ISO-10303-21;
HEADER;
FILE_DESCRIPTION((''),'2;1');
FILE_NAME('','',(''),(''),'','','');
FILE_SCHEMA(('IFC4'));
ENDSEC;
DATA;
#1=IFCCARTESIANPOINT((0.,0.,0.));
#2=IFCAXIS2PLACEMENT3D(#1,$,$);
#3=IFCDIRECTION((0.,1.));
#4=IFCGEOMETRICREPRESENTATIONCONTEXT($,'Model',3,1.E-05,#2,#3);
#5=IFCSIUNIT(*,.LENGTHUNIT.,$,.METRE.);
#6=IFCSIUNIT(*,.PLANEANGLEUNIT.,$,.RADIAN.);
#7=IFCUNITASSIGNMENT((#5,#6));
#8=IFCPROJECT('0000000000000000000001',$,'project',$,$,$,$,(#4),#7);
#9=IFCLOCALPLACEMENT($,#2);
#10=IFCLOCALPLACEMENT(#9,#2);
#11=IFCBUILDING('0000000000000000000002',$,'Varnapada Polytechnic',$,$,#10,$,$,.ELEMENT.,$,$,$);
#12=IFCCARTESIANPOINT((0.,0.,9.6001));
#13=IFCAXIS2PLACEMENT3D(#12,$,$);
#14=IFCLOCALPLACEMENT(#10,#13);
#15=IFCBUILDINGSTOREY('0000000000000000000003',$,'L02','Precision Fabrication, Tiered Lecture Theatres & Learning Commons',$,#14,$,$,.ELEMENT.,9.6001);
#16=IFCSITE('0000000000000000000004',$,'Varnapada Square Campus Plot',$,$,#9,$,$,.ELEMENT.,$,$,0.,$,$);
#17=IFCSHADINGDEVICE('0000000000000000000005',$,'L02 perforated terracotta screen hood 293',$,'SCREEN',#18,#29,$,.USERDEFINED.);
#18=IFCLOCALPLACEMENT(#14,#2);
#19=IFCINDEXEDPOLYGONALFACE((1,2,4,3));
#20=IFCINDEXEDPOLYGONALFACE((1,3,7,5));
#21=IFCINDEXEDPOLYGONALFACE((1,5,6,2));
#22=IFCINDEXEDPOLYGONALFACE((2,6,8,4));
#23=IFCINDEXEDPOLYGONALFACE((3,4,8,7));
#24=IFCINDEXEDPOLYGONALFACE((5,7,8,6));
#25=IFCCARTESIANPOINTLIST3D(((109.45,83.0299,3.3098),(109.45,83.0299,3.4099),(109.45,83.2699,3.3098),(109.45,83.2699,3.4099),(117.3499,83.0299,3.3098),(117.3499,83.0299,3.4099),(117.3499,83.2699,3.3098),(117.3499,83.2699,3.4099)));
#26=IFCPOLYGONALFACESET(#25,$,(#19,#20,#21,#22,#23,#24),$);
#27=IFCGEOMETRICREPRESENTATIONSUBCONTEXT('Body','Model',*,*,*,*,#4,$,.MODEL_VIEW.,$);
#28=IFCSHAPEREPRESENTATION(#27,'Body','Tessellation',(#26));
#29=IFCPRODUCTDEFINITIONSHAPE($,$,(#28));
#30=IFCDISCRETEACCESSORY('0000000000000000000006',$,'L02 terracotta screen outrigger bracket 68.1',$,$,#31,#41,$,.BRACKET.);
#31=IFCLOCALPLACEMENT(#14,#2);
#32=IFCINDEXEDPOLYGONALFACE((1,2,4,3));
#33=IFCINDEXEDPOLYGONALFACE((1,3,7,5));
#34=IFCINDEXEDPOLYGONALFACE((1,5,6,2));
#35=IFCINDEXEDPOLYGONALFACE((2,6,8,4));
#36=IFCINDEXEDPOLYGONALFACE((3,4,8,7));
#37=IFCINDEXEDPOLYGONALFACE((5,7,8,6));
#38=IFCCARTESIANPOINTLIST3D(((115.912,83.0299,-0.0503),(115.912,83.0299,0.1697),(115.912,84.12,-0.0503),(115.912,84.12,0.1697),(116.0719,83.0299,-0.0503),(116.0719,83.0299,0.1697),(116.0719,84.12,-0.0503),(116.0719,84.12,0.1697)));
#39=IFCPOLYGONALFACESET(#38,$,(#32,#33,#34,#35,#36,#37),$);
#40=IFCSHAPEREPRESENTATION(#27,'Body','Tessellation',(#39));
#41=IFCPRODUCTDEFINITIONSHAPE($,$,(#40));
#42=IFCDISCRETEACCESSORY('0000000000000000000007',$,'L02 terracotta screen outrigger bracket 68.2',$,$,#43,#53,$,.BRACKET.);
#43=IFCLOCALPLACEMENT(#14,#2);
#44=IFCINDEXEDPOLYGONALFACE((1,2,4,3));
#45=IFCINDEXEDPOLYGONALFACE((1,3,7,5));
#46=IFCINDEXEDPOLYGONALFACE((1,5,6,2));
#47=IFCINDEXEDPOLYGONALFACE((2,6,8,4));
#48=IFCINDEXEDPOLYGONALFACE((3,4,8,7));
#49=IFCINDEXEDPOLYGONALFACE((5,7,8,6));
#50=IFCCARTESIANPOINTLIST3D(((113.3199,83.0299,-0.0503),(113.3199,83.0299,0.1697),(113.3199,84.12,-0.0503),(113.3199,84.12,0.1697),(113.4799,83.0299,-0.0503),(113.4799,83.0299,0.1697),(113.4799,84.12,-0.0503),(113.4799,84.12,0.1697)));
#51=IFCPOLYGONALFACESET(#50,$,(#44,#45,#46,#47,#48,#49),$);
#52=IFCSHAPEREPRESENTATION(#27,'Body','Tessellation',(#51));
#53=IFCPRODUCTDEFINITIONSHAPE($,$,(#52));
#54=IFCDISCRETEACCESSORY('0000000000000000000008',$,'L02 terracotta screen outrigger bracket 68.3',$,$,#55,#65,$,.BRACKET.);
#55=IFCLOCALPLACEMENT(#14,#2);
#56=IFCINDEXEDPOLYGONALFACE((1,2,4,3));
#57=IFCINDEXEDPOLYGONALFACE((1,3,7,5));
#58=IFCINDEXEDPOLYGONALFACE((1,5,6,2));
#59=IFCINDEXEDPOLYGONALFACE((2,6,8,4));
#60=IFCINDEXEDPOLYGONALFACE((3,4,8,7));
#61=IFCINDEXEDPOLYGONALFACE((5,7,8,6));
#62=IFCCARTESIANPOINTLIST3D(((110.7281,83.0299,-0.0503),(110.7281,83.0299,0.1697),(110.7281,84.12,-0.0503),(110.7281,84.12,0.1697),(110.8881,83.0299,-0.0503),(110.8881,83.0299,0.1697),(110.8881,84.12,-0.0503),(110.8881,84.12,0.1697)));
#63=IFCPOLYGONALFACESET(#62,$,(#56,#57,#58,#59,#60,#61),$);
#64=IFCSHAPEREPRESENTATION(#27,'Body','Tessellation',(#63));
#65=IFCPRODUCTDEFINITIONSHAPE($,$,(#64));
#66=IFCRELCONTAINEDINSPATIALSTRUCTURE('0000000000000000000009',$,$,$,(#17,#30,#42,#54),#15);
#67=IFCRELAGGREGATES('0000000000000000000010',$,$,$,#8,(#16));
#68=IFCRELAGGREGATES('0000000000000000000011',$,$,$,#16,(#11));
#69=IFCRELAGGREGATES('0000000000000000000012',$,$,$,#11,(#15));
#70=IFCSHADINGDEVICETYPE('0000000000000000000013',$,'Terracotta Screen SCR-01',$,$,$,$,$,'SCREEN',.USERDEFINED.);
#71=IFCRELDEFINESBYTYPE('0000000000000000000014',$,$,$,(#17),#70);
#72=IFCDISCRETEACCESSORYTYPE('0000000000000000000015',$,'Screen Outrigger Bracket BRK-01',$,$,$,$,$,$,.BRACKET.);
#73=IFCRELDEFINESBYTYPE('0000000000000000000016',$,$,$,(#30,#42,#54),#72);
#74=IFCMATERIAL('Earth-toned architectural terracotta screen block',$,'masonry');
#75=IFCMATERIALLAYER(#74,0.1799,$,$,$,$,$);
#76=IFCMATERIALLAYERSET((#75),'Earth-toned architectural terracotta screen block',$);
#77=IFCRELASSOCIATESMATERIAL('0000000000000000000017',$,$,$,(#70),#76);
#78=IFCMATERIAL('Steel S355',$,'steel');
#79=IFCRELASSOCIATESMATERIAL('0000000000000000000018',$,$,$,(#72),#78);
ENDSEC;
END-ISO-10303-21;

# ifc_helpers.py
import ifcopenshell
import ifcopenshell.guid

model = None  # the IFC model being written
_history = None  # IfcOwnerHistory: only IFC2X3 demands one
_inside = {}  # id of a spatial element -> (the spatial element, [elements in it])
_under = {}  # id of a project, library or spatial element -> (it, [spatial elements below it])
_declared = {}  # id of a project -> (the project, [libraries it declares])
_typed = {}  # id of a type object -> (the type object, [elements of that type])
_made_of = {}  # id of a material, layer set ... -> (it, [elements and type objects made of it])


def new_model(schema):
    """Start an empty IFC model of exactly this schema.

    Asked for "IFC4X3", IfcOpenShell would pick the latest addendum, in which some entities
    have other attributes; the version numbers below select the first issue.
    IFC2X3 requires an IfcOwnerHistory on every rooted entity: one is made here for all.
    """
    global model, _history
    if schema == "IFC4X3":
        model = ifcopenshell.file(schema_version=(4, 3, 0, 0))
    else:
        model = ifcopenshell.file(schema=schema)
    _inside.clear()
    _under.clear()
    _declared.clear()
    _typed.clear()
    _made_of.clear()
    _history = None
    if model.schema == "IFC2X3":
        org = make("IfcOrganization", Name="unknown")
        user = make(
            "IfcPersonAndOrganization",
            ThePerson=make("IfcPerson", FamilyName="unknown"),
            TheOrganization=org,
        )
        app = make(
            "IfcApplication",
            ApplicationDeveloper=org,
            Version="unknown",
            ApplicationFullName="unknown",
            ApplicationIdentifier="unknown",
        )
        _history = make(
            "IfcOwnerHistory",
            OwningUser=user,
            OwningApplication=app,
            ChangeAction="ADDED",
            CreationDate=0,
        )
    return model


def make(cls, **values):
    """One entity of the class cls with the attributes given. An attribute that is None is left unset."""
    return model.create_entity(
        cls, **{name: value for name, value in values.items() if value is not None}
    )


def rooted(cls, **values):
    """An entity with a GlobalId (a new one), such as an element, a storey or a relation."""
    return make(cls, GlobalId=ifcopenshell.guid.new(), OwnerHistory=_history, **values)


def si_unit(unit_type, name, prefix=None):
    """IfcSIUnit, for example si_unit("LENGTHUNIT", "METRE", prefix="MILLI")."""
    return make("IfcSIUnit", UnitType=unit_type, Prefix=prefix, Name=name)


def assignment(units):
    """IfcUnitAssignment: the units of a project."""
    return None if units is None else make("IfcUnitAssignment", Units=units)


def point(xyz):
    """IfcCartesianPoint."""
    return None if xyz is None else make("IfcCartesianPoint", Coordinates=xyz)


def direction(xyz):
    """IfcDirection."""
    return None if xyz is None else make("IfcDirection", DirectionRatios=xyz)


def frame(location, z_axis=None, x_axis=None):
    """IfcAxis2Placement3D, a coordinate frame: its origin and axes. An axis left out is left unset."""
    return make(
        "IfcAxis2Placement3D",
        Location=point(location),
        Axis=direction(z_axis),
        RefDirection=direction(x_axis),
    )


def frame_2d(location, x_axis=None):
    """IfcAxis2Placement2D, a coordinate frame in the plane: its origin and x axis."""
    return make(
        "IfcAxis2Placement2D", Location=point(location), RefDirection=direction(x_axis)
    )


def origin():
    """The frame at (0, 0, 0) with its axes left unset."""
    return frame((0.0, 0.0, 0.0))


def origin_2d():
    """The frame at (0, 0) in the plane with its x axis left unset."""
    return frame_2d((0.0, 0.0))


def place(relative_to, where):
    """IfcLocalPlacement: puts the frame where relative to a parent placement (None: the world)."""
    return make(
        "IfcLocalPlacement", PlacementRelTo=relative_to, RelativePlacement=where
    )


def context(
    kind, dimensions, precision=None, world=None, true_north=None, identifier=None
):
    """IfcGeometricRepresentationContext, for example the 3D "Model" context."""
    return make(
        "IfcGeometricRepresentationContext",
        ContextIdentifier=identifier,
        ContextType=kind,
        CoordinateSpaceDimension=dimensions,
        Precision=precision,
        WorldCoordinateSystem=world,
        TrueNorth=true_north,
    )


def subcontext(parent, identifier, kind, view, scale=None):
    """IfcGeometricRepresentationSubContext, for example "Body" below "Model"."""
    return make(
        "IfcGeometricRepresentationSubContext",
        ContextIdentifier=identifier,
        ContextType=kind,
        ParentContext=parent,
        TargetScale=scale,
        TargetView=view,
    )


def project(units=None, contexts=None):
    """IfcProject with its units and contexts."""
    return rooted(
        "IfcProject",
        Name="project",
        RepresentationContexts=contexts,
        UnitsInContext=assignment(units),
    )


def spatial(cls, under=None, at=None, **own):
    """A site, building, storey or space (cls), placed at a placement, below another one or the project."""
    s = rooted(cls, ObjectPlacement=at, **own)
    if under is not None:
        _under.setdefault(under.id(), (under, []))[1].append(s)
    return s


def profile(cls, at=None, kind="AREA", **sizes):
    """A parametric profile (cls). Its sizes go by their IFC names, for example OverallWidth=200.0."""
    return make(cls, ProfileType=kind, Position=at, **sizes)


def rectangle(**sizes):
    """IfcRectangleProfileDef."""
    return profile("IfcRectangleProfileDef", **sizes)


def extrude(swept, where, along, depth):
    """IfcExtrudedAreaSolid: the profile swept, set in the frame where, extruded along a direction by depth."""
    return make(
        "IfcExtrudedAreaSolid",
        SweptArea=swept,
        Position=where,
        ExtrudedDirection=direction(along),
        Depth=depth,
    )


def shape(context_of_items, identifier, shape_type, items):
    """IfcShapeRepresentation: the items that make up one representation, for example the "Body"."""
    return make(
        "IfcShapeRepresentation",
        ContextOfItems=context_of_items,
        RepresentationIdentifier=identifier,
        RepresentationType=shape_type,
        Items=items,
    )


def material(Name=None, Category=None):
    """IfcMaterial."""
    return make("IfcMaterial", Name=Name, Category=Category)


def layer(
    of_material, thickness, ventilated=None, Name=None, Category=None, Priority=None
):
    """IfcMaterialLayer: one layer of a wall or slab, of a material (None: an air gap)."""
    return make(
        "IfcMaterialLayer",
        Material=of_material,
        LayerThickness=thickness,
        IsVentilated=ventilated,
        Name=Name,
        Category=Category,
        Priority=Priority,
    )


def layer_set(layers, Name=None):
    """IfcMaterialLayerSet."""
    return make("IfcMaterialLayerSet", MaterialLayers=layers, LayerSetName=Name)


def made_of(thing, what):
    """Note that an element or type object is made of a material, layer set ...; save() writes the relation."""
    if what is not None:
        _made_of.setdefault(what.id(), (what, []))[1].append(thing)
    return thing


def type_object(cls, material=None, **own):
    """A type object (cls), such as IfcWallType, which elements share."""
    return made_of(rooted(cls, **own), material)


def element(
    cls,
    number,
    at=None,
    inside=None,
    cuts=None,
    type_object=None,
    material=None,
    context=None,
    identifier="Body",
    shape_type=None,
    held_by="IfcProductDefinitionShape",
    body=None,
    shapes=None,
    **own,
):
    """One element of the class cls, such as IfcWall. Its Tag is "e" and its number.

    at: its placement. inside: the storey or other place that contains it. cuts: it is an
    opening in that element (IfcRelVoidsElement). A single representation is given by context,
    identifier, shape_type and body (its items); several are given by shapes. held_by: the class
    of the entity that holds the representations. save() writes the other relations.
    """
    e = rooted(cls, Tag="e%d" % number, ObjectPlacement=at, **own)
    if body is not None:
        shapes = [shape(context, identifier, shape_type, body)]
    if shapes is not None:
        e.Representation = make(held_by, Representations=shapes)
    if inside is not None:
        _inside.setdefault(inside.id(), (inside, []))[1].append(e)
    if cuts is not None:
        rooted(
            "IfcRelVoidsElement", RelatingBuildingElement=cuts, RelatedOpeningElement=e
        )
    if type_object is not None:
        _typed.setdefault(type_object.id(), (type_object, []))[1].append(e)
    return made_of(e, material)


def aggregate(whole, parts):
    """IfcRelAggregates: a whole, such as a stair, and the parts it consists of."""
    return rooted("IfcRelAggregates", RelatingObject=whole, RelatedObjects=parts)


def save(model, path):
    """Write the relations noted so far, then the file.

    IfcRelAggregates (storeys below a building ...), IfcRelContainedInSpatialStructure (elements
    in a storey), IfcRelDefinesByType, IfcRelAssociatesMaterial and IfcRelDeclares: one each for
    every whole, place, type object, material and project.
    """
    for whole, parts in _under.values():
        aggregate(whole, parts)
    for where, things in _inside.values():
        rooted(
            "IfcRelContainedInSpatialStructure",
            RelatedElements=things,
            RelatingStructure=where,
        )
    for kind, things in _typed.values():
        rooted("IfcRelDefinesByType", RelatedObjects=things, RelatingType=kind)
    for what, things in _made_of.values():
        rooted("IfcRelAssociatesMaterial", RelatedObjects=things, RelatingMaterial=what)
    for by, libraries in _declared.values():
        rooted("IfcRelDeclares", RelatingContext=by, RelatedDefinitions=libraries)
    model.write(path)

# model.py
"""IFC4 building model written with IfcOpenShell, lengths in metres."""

from ifc_helpers import new_model, si_unit, direction, frame, origin, origin_2d, place, context, subcontext, project, spatial, rectangle, extrude, material, layer, layer_set, type_object, element, save


model = new_model("IFC4")

# Units and contexts
model_context = context("Model", 3, precision=1e-05, world=origin(), true_north=direction((0.0, 1.0)))
body_context = subcontext(model_context, "Body", "Model", "MODEL_VIEW")
ifc_project = project(units=[si_unit("LENGTHUNIT", "METRE"), si_unit("PLANEANGLEUNIT", "RADIAN")], contexts=[model_context])

# Site, building, storey
site_placement = place(None, origin())
site = spatial("IfcSite", under=ifc_project, at=site_placement, Name="Varnapada Square Campus Plot", CompositionType="ELEMENT", RefElevation=0.0)
building_placement = place(site_placement, origin())
building = spatial("IfcBuilding", under=site, at=building_placement, Name="Varnapada Polytechnic", CompositionType="ELEMENT")
storey_placement = place(building_placement, frame((0.0, 0.0, 9.6001)))
storey = spatial("IfcBuildingStorey", under=building, at=storey_placement, Name="L02", Description="Precision Fabrication, Tiered Lecture Theatres & Learning Commons", CompositionType="ELEMENT", Elevation=9.6001)

# Shared definitions
ifc_material_1 = material(Name="Earth-toned architectural terracotta screen block", Category="masonry")

# Shading device
ifc_layer_1 = layer(ifc_material_1, 0.1799)
ifc_layer_set_1 = layer_set([ifc_layer_1], Name="Earth-toned architectural terracotta screen block")
shading_device_type = type_object("IfcShadingDeviceType", Name="Terracotta Screen SCR-01", ElementType="SCREEN", PredefinedType="USERDEFINED", material=ifc_layer_set_1)
shading_device_placement = place(storey_placement, frame((113.3999, 83.1499, 3.3098), z_axis=(0.0, 0.0, 1.0), x_axis=(-1.0, 0.0, 0.0)))
element("IfcShadingDevice", 1, at=shading_device_placement, inside=storey, type_object=shading_device_type, Name="L02 perforated terracotta screen hood 293", ObjectType="SCREEN", PredefinedType="USERDEFINED", context=body_context, shape_type="SweptSolid", body=[
    extrude(rectangle(XDim=7.8999, YDim=0.24, at=origin_2d()), origin(), (0.0, 0.0, 1.0), 0.1001),
])

# Discrete accessories
ifc_material_2 = material(Name="Steel S355", Category="steel")
discrete_accessory_type = type_object("IfcDiscreteAccessoryType", Name="Screen Outrigger Bracket BRK-01", PredefinedType="BRACKET", material=ifc_material_2)
for number, where, z_axis, x_axis, name in (
    (2, (115.9919, 83.575, -0.0503), (0.0, 0.0, 1.0), (-1.0, 0.0, 0.0), "L02 terracotta screen outrigger bracket 68.1"),
    (3, (113.3999, 83.575, -0.0503), (0.0, 0.0, 1.0), (-1.0, 0.0, 0.0), "L02 terracotta screen outrigger bracket 68.2"),
    (4, (110.8081, 83.575, -0.0503), (0.0, 0.0, 1.0), (-1.0, 0.0, 0.0), "L02 terracotta screen outrigger bracket 68.3"),
):
    element("IfcDiscreteAccessory", number, at=place(storey_placement, frame(where, z_axis=z_axis, x_axis=x_axis)), inside=storey, type_object=discrete_accessory_type, Name=name, PredefinedType="BRACKET", context=body_context, shape_type="SweptSolid", body=[
        extrude(rectangle(XDim=0.1599, YDim=1.0901, at=origin_2d()), origin(), (0.0, 0.0, 1.0), 0.22),
    ])

save(model, "model.ifc")
